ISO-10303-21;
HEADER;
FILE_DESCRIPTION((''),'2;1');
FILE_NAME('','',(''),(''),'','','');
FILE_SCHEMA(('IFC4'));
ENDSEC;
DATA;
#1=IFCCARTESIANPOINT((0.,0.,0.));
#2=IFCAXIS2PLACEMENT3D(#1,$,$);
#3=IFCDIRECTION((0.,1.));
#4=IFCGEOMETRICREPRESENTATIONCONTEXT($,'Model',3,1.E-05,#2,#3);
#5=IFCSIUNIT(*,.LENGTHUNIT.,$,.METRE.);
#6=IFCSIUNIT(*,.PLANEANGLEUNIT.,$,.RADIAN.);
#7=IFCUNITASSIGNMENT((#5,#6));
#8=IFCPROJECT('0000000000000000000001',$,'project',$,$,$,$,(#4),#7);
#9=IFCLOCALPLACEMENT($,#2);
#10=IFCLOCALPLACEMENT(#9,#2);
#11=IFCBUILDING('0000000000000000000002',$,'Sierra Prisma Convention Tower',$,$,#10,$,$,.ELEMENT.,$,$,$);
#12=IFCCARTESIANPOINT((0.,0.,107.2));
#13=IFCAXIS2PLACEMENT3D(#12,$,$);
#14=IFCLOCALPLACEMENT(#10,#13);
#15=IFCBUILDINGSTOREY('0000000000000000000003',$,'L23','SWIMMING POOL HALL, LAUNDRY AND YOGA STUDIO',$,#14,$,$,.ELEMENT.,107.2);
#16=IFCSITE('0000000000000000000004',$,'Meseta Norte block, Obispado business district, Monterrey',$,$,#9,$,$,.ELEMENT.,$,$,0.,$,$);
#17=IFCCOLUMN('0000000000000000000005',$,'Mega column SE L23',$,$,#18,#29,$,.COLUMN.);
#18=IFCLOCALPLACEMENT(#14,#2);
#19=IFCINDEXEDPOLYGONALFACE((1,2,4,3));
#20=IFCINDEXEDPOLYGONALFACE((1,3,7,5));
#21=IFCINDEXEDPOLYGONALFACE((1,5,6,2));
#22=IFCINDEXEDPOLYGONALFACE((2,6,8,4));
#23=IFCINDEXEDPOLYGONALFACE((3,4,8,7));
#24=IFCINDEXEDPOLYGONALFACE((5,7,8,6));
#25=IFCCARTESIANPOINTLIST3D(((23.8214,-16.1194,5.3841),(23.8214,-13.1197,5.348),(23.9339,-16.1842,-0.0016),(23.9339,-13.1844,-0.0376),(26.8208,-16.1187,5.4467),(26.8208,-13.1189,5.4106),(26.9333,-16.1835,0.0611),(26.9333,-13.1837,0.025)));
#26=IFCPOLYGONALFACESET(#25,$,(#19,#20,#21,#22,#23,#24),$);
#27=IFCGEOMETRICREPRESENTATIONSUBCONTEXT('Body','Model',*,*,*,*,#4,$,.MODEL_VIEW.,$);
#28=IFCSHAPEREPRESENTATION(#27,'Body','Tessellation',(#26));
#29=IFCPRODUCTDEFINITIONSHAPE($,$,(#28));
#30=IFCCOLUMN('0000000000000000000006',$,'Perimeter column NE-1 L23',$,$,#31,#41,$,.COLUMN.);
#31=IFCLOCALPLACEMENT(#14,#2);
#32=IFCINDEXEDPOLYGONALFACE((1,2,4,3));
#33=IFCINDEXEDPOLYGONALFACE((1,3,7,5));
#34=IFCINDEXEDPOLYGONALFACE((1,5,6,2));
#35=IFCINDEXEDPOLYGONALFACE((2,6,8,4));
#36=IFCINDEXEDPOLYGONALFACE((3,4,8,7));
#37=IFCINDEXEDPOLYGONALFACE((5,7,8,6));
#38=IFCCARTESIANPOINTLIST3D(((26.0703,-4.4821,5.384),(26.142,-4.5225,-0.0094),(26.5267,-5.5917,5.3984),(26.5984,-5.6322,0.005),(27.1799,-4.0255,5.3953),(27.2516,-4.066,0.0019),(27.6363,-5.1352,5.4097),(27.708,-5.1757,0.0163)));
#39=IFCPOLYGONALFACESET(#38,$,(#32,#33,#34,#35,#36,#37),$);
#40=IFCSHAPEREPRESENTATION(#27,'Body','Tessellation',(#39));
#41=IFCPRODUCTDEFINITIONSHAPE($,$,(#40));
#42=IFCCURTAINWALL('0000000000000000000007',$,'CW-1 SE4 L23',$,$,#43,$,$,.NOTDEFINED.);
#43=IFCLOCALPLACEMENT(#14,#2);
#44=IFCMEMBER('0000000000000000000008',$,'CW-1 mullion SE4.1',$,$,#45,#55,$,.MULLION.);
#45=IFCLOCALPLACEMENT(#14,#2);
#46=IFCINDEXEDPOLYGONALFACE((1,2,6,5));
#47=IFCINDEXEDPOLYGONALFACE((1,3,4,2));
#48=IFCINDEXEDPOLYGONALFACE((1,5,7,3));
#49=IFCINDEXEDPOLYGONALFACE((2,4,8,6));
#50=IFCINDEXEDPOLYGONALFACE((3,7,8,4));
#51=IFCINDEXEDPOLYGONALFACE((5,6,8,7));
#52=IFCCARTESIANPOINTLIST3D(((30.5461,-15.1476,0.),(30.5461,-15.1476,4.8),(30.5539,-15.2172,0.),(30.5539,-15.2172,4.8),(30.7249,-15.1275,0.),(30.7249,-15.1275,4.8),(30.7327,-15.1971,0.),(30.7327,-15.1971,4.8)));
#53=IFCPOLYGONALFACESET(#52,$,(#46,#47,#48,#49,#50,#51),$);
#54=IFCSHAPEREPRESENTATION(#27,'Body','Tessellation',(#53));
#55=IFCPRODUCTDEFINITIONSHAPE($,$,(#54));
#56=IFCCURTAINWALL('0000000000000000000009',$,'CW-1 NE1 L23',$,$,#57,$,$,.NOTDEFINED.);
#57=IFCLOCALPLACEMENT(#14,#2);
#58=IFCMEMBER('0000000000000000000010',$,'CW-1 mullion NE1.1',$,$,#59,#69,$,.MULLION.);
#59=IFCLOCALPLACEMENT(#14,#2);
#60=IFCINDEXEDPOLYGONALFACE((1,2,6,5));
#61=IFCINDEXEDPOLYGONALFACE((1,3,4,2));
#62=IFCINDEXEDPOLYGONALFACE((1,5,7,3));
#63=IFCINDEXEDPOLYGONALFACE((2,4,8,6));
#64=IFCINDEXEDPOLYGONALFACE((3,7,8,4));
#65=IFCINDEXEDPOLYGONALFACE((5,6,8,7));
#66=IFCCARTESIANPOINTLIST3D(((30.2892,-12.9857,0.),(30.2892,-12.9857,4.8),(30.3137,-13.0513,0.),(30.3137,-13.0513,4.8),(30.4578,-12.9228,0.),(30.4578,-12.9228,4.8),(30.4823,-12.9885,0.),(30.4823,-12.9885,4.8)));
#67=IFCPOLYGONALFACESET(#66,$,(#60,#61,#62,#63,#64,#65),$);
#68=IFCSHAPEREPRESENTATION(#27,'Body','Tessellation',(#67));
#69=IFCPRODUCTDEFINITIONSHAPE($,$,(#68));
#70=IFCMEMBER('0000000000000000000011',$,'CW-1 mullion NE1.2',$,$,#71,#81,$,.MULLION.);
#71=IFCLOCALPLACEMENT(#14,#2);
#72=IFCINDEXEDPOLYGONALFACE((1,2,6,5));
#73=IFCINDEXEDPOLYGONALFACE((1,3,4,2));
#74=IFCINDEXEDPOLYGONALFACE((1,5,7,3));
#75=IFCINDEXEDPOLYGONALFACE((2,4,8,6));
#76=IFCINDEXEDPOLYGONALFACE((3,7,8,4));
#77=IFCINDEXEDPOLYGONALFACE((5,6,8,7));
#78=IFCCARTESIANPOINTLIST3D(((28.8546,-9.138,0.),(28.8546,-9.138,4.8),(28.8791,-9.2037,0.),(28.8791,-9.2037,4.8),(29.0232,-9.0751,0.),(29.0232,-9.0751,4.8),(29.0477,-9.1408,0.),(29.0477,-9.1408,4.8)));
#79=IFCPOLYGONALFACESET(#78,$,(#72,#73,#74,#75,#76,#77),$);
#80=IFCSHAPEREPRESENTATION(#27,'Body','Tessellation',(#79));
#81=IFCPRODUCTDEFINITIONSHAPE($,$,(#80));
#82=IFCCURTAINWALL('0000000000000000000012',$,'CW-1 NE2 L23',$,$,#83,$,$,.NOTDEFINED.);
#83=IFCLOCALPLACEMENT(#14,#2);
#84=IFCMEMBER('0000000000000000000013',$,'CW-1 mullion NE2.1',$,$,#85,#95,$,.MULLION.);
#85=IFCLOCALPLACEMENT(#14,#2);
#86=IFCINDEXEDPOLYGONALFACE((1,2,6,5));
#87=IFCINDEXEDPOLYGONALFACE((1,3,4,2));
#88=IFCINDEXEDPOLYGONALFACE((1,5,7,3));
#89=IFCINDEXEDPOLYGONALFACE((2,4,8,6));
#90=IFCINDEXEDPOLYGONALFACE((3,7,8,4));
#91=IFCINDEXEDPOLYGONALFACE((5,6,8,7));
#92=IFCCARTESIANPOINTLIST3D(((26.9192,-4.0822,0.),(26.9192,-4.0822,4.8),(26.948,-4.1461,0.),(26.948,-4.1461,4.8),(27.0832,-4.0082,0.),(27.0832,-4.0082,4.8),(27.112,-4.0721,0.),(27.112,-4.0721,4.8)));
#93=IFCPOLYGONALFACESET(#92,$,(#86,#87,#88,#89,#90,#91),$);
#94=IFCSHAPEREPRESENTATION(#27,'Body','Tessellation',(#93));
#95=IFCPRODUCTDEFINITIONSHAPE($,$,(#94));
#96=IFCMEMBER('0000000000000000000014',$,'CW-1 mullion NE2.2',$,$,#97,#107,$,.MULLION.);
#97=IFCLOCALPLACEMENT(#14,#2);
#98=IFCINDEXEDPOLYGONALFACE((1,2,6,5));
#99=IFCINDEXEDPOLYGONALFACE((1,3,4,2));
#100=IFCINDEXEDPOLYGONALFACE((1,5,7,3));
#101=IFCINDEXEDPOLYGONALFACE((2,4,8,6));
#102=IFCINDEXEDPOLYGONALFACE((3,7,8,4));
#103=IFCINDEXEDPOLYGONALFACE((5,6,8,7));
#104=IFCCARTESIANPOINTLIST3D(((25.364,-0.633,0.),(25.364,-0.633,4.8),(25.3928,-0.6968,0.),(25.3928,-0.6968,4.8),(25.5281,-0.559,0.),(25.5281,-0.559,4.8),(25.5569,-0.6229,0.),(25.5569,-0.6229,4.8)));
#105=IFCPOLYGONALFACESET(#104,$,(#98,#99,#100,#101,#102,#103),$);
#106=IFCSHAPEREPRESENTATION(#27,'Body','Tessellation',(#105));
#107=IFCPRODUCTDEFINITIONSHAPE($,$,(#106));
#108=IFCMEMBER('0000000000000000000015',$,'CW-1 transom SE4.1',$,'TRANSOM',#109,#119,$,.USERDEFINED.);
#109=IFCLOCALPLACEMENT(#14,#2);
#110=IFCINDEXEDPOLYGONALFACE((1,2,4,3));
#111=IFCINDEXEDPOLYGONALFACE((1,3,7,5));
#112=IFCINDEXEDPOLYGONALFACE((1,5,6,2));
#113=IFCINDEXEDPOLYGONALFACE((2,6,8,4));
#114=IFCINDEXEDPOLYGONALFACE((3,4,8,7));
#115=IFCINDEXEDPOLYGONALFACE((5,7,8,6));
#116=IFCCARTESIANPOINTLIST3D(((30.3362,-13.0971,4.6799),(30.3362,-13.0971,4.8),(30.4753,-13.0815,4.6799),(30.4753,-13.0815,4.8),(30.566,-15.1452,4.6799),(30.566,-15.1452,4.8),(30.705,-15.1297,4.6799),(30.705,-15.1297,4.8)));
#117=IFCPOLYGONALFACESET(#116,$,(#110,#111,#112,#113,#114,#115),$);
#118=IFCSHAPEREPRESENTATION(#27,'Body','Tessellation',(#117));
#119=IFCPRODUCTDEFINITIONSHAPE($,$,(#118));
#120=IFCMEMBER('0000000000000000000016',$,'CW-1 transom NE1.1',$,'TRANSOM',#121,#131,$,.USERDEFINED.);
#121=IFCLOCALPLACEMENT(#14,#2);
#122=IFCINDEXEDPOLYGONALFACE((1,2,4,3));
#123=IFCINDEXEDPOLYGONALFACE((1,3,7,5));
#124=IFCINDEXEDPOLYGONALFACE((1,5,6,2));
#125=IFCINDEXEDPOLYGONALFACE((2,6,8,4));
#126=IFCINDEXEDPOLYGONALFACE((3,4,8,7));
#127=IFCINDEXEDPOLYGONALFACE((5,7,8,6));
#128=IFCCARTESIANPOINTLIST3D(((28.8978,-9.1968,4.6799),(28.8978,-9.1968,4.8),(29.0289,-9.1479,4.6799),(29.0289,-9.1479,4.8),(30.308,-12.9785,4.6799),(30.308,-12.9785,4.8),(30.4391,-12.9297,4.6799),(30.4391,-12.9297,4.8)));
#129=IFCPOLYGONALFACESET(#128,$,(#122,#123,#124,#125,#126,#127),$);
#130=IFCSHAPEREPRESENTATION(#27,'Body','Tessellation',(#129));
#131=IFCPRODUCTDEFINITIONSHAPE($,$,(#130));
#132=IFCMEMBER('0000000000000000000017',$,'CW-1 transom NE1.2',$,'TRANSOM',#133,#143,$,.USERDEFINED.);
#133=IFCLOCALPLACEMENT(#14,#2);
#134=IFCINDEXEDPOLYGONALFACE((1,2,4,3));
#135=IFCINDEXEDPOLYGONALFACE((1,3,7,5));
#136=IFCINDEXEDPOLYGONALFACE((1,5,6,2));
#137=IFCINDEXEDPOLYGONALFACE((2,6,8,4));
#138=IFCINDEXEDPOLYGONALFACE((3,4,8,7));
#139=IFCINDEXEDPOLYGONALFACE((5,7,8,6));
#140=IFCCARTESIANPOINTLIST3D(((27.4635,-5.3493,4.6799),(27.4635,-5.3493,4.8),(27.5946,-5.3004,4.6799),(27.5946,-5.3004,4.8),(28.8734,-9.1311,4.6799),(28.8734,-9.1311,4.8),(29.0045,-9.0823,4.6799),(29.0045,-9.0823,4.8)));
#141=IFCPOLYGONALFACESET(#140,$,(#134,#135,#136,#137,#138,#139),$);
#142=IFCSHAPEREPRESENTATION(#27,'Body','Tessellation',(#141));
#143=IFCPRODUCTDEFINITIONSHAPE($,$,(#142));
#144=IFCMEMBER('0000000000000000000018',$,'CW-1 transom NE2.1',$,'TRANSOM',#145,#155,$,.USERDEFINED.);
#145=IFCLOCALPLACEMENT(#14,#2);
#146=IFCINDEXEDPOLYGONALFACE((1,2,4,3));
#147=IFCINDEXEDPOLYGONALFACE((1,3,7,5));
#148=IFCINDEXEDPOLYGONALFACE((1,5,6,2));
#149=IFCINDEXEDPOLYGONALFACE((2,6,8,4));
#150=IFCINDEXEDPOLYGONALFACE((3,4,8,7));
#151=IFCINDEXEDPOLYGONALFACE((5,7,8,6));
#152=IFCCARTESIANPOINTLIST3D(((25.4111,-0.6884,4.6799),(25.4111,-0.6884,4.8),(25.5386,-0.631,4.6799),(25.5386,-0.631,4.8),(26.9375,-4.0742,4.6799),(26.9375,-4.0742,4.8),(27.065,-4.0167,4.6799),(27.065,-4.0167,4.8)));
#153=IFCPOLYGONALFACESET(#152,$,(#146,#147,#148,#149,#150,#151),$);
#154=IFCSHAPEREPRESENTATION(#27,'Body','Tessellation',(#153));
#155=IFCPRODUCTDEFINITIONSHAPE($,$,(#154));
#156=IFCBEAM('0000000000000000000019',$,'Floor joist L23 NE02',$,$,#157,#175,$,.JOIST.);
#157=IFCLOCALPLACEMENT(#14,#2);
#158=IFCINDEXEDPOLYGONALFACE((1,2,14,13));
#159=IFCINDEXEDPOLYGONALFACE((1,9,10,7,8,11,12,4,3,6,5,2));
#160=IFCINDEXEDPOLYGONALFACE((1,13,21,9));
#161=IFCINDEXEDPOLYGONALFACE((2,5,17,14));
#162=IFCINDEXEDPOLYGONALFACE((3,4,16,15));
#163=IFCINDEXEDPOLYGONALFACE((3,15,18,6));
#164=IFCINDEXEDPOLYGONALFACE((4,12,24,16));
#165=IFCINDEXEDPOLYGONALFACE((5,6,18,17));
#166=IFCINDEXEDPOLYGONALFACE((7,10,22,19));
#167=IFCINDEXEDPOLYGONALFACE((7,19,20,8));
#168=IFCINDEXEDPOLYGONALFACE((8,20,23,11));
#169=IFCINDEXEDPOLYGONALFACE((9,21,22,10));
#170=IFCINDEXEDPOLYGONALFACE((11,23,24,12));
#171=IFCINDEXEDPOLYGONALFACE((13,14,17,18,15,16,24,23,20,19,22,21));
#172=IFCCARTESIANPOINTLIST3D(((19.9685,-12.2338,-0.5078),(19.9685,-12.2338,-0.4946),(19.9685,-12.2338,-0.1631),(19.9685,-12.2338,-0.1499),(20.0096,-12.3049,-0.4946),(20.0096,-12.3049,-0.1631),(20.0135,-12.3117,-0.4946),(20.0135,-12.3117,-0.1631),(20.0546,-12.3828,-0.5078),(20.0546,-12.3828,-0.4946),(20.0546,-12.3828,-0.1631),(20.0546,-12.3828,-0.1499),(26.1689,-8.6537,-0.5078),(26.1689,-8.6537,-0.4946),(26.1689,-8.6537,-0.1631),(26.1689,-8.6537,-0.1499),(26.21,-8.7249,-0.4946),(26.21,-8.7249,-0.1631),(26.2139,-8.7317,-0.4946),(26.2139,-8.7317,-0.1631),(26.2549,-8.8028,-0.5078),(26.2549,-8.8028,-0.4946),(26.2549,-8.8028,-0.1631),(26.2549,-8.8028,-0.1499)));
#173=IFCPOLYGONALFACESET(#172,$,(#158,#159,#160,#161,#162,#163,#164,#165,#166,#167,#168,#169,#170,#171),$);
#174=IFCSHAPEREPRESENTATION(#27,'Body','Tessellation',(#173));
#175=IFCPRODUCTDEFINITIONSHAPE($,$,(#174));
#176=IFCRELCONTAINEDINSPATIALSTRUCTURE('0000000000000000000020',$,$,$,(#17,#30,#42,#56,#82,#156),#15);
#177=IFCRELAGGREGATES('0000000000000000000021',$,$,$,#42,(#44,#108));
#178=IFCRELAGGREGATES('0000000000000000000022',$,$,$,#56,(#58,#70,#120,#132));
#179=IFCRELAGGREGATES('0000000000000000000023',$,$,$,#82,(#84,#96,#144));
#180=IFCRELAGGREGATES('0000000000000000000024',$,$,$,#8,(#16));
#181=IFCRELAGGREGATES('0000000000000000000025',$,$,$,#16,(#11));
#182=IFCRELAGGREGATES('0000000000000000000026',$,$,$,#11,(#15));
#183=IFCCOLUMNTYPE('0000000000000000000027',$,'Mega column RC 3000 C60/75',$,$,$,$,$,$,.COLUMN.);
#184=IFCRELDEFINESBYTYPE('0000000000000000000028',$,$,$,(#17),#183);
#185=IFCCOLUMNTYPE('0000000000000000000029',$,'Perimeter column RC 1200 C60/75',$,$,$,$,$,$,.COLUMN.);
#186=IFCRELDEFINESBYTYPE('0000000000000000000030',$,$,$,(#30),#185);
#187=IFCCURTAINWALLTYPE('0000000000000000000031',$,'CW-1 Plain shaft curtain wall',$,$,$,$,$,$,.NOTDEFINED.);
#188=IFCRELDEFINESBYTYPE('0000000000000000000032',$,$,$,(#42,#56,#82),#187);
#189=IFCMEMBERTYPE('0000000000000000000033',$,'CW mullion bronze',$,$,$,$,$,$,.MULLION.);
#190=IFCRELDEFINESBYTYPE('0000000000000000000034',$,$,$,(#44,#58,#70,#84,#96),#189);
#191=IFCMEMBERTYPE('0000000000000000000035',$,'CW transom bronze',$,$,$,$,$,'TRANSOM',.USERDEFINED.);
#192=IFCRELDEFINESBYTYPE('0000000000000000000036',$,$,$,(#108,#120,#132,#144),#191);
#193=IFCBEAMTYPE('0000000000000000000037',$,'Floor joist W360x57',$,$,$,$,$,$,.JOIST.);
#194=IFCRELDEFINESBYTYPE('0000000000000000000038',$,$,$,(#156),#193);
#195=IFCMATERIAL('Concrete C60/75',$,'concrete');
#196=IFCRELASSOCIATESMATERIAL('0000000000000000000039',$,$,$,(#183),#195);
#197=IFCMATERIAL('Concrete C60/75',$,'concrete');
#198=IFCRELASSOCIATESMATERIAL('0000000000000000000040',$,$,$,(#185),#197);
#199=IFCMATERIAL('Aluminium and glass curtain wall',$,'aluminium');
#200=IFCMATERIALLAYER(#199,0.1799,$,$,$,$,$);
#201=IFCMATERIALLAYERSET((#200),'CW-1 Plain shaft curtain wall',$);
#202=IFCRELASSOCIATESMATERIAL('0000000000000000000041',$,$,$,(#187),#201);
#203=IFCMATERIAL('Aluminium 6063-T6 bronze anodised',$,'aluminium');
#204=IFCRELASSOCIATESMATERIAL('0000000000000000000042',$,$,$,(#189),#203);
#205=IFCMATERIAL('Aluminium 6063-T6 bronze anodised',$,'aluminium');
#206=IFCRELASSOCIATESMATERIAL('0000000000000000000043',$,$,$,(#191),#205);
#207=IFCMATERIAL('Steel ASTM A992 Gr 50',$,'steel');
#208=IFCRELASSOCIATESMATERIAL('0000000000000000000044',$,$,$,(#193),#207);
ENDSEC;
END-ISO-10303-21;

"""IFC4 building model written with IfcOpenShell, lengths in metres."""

from ifc_helpers import new_model, si_unit, direction, frame, origin, origin_2d, place, context, subcontext, project, spatial, rectangle, i_section, extrude, clip, halfspace, material, layer, layer_set, material_profile, profile_set, type_object, element, aggregate, save


model = new_model("IFC4")

# Units and contexts
model_context = context("Model", 3, precision=1e-05, world=origin(), true_north=direction((0.0, 1.0)))
body_context = subcontext(model_context, "Body", "Model", "MODEL_VIEW")
ifc_project = project(units=[si_unit("LENGTHUNIT", "METRE"), si_unit("PLANEANGLEUNIT", "RADIAN")], contexts=[model_context])

# Site, building, storey
site_placement = place(None, origin())
site = spatial("IfcSite", under=ifc_project, at=site_placement, Name="Meseta Norte block, Obispado business district, Monterrey", CompositionType="ELEMENT", RefElevation=0.0)
building_placement = place(site_placement, origin())
building = spatial("IfcBuilding", under=site, at=building_placement, Name="Sierra Prisma Convention Tower", CompositionType="ELEMENT")
storey_placement = place(building_placement, frame((0.0, 0.0, 107.2)))
storey = spatial("IfcBuildingStorey", under=building, at=storey_placement, Name="L23", Description="SWIMMING POOL HALL, LAUNDRY AND YOGA STUDIO", CompositionType="ELEMENT", Elevation=107.2)

# Columns
ifc_material_1 = material(Name="Concrete C60/75", Category="concrete")
ifc_material_profile_1 = material_profile(ifc_material_1, rectangle(XDim=3.0, YDim=3.0, at=origin_2d()), Name="Mega column RC 3000 C60/75")
ifc_profile_set_1 = profile_set([ifc_material_profile_1], Name="Concrete C60/75")
column_type_1 = type_object("IfcColumnType", Name="Mega column RC 3000 C60/75", PredefinedType="COLUMN", material=ifc_profile_set_1)
column_1_placement = place(storey_placement, frame((25.4338, -14.6841, 0.0), z_axis=(-0.020881, 0.012022, 0.99971), x_axis=(0.999782, 0.000251, 0.020879)))
element("IfcColumn", 1, at=column_1_placement, inside=storey, type_object=column_type_1, Name="Mega column SE L23", PredefinedType="COLUMN", context=body_context, shape_type="SweptSolid", body=[
    clip(clip(extrude(rectangle(XDim=3.0, YDim=3.0, at=origin_2d()), origin(), (0.0, 0.0, 1.0), 5.4016), halfspace(frame((0.0, 0.0, 0.0117)), True)), halfspace(frame((0.0, 0.0, 5.3989)), False)),
])
ifc_material_2 = material(Name="Concrete C60/75", Category="concrete")
ifc_material_profile_2 = material_profile(ifc_material_2, rectangle(XDim=1.2, YDim=1.2, at=origin_2d()), Name="Perimeter column RC 1200 C60/75")
ifc_profile_set_2 = profile_set([ifc_material_profile_2], Name="Concrete C60/75")
column_type_2 = type_object("IfcColumnType", Name="Perimeter column RC 1200 C60/75", PredefinedType="COLUMN", material=ifc_profile_set_2)
column_2_placement = place(storey_placement, frame((26.925, -4.8491, 0.0), z_axis=(-0.01329, 0.007504, 0.999884), x_axis=(-0.380349, 0.924765, -0.011996)))
element("IfcColumn", 2, at=column_2_placement, inside=storey, type_object=column_type_2, Name="Perimeter column NE-1 L23", PredefinedType="COLUMN", context=body_context, shape_type="SweptSolid", body=[
    clip(clip(extrude(rectangle(XDim=1.2, YDim=1.2, at=origin_2d()), origin(), (0.0, 0.0, 1.0), 5.4009), halfspace(frame((0.0, 0.0, 0.0034)), True)), halfspace(frame((0.0, 0.0, 5.3975)), False)),
])

# Curtain wall, member
ifc_material_3 = material(Name="Aluminium and glass curtain wall", Category="aluminium")
ifc_layer_1 = layer(ifc_material_3, 0.1799)
ifc_layer_set_1 = layer_set([ifc_layer_1], Name="CW-1 Plain shaft curtain wall")
curtain_wall_type = type_object("IfcCurtainWallType", Name="CW-1 Plain shaft curtain wall", PredefinedType="NOTDEFINED", material=ifc_layer_set_1)
curtain_wall_1_placement = place(storey_placement, origin())
curtain_wall_1 = element("IfcCurtainWall", 3, at=curtain_wall_1_placement, inside=storey, type_object=curtain_wall_type, Name="CW-1 SE4 L23", PredefinedType="NOTDEFINED")
ifc_material_4 = material(Name="Aluminium 6063-T6 bronze anodised", Category="aluminium")
ifc_material_profile_3 = material_profile(ifc_material_4, rectangle(XDim=0.1799, YDim=0.0701, at=origin_2d()), Name="ALU MULLION 70x180")
ifc_profile_set_3 = profile_set([ifc_material_profile_3], Name="Aluminium 6063-T6 bronze anodised")
member_type_1 = type_object("IfcMemberType", Name="CW mullion bronze", PredefinedType="MULLION", material=ifc_profile_set_3)
member_1_placement = place(storey_placement, frame((30.6394, -15.1724, 0.0), z_axis=(0.0, 0.0, 1.0), x_axis=(-0.993764, -0.111505, 0.0)))
member_1 = element("IfcMember", 4, at=member_1_placement, type_object=member_type_1, Name="CW-1 mullion SE4.1", PredefinedType="MULLION", context=body_context, shape_type="SweptSolid", body=[
    extrude(rectangle(XDim=0.1799, YDim=0.0701, at=origin_2d()), origin(), (0.0, 0.0, 1.0), 4.8),
])

# Curtain walls, members
curtain_wall_2_placement = place(storey_placement, origin())
curtain_wall_2 = element("IfcCurtainWall", 5, at=curtain_wall_2_placement, inside=storey, type_object=curtain_wall_type, Name="CW-1 NE1 L23", PredefinedType="NOTDEFINED")
member_2_placement = place(storey_placement, frame((30.3857, -12.9871, 0.0), z_axis=(0.0, 0.0, 1.0), x_axis=(-0.936997, -0.349337, 0.0)))
member_2 = element("IfcMember", 6, at=member_2_placement, type_object=member_type_1, Name="CW-1 mullion NE1.1", PredefinedType="MULLION", context=body_context, shape_type="SweptSolid", body=[
    extrude(rectangle(XDim=0.1799, YDim=0.0701, at=origin_2d()), origin(), (0.0, 0.0, 1.0), 4.8),
])
member_3_placement = place(storey_placement, frame((28.9512, -9.1394, 0.0), z_axis=(0.0, 0.0, 1.0), x_axis=(-0.936997, -0.349337, 0.0)))
member_3 = element("IfcMember", 7, at=member_3_placement, type_object=member_type_1, Name="CW-1 mullion NE1.2", PredefinedType="MULLION", context=body_context, shape_type="SweptSolid", body=[
    extrude(rectangle(XDim=0.1799, YDim=0.0701, at=origin_2d()), origin(), (0.0, 0.0, 1.0), 4.8),
])
curtain_wall_3_placement = place(storey_placement, origin())
curtain_wall_3 = element("IfcCurtainWall", 8, at=curtain_wall_3_placement, inside=storey, type_object=curtain_wall_type, Name="CW-1 NE2 L23", PredefinedType="NOTDEFINED")
member_4_placement = place(storey_placement, frame((27.0156, -4.0771, 0.0), z_axis=(0.0, 0.0, 1.0), x_axis=(-0.911632, -0.411006, 0.0)))
member_4 = element("IfcMember", 9, at=member_4_placement, type_object=member_type_1, Name="CW-1 mullion NE2.1", PredefinedType="MULLION", context=body_context, shape_type="SweptSolid", body=[
    extrude(rectangle(XDim=0.1799, YDim=0.0701, at=origin_2d()), origin(), (0.0, 0.0, 1.0), 4.8),
])
member_5_placement = place(storey_placement, frame((25.4604, -0.6279, 0.0), z_axis=(0.0, 0.0, 1.0), x_axis=(-0.911632, -0.411006, 0.0)))
member_5 = element("IfcMember", 10, at=member_5_placement, type_object=member_type_1, Name="CW-1 mullion NE2.2", PredefinedType="MULLION", context=body_context, shape_type="SweptSolid", body=[
    extrude(rectangle(XDim=0.1799, YDim=0.0701, at=origin_2d()), origin(), (0.0, 0.0, 1.0), 4.8),
])

# Members
ifc_material_5 = material(Name="Aluminium 6063-T6 bronze anodised", Category="aluminium")
ifc_material_profile_4 = material_profile(ifc_material_5, rectangle(XDim=0.1399, YDim=0.1201, at=origin_2d()), Name="ALU TRANSOM 120x140")
ifc_profile_set_4 = profile_set([ifc_material_profile_4], Name="Aluminium 6063-T6 bronze anodised")
member_type_2 = type_object("IfcMemberType", Name="CW transom bronze", ElementType="TRANSOM", PredefinedType="USERDEFINED", material=ifc_profile_set_4)
member_6_placement = place(storey_placement, frame((30.6355, -15.1375, 4.74), z_axis=(-0.111472, 0.993768, 0.0), x_axis=(-0.993768, -0.111472, 0.0)))
member_6 = element("IfcMember", 11, at=member_6_placement, type_object=member_type_2, Name="CW-1 transom SE4.1", ObjectType="TRANSOM", PredefinedType="USERDEFINED", context=body_context, shape_type="SweptSolid", body=[
    extrude(rectangle(XDim=0.1399, YDim=0.1201, at=origin_2d()), origin(), (0.0, 0.0, 1.0), 2.061),
])
member_7_placement = place(storey_placement, frame((30.3735, -12.9541, 4.74), z_axis=(-0.349386, 0.936979, 0.0), x_axis=(-0.936979, -0.349386, 0.0)))
member_7 = element("IfcMember", 12, at=member_7_placement, type_object=member_type_2, Name="CW-1 transom NE1.1", ObjectType="TRANSOM", PredefinedType="USERDEFINED", context=body_context, shape_type="SweptSolid", body=[
    extrude(rectangle(XDim=0.1399, YDim=0.1201, at=origin_2d()), origin(), (0.0, 0.0, 1.0), 4.0361),
])
member_8_placement = place(storey_placement, frame((28.939, -9.1067, 4.74), z_axis=(-0.349333, 0.936999, 0.0), x_axis=(-0.936999, -0.349333, 0.0)))
member_8 = element("IfcMember", 13, at=member_8_placement, type_object=member_type_2, Name="CW-1 transom NE1.2", ObjectType="TRANSOM", PredefinedType="USERDEFINED", context=body_context, shape_type="SweptSolid", body=[
    extrude(rectangle(XDim=0.1399, YDim=0.1201, at=origin_2d()), origin(), (0.0, 0.0, 1.0), 4.0361),
])
member_9_placement = place(storey_placement, frame((27.0012, -4.0454, 4.74), z_axis=(-0.410988, 0.911641, 0.0), x_axis=(-0.911641, -0.410988, 0.0)))
member_9 = element("IfcMember", 14, at=member_9_placement, type_object=member_type_2, Name="CW-1 transom NE2.1", ObjectType="TRANSOM", PredefinedType="USERDEFINED", context=body_context, shape_type="SweptSolid", body=[
    extrude(rectangle(XDim=0.1399, YDim=0.1201, at=origin_2d()), origin(), (0.0, 0.0, 1.0), 3.7139),
])

# Beam
ifc_material_6 = material(Name="Steel ASTM A992 Gr 50", Category="steel")
ifc_material_profile_5 = material_profile(ifc_material_6, i_section(OverallWidth=0.1721, OverallDepth=0.3579, WebThickness=0.0078, FlangeThickness=0.0132, at=origin_2d()), Name="W360x57")
ifc_profile_set_5 = profile_set([ifc_material_profile_5], Name="Steel ASTM A992 Gr 50")
beam_type_1 = type_object("IfcBeamType", Name="Floor joist W360x57", PredefinedType="JOIST", material=ifc_profile_set_5)
beam_1_placement = place(storey_placement, frame((26.2119, -8.7283, -0.3289), z_axis=(-0.86601, -0.500026, 0.0), x_axis=(0.500026, -0.86601, 0.0)))
element("IfcBeam", 15, at=beam_1_placement, inside=storey, type_object=beam_type_1, Name="Floor joist L23 NE02", PredefinedType="JOIST", context=body_context, shape_type="SweptSolid", body=[
    extrude(i_section(OverallWidth=0.1721, OverallDepth=0.3579, WebThickness=0.0078, FlangeThickness=0.0132, at=origin_2d()), origin(), (0.0, 0.0, 1.0), 7.1597),
])

aggregate(curtain_wall_1, [member_1, member_6])
aggregate(curtain_wall_2, [member_2, member_3, member_7, member_8])
aggregate(curtain_wall_3, [member_4, member_5, member_9])

save(model, "model.ifc")
